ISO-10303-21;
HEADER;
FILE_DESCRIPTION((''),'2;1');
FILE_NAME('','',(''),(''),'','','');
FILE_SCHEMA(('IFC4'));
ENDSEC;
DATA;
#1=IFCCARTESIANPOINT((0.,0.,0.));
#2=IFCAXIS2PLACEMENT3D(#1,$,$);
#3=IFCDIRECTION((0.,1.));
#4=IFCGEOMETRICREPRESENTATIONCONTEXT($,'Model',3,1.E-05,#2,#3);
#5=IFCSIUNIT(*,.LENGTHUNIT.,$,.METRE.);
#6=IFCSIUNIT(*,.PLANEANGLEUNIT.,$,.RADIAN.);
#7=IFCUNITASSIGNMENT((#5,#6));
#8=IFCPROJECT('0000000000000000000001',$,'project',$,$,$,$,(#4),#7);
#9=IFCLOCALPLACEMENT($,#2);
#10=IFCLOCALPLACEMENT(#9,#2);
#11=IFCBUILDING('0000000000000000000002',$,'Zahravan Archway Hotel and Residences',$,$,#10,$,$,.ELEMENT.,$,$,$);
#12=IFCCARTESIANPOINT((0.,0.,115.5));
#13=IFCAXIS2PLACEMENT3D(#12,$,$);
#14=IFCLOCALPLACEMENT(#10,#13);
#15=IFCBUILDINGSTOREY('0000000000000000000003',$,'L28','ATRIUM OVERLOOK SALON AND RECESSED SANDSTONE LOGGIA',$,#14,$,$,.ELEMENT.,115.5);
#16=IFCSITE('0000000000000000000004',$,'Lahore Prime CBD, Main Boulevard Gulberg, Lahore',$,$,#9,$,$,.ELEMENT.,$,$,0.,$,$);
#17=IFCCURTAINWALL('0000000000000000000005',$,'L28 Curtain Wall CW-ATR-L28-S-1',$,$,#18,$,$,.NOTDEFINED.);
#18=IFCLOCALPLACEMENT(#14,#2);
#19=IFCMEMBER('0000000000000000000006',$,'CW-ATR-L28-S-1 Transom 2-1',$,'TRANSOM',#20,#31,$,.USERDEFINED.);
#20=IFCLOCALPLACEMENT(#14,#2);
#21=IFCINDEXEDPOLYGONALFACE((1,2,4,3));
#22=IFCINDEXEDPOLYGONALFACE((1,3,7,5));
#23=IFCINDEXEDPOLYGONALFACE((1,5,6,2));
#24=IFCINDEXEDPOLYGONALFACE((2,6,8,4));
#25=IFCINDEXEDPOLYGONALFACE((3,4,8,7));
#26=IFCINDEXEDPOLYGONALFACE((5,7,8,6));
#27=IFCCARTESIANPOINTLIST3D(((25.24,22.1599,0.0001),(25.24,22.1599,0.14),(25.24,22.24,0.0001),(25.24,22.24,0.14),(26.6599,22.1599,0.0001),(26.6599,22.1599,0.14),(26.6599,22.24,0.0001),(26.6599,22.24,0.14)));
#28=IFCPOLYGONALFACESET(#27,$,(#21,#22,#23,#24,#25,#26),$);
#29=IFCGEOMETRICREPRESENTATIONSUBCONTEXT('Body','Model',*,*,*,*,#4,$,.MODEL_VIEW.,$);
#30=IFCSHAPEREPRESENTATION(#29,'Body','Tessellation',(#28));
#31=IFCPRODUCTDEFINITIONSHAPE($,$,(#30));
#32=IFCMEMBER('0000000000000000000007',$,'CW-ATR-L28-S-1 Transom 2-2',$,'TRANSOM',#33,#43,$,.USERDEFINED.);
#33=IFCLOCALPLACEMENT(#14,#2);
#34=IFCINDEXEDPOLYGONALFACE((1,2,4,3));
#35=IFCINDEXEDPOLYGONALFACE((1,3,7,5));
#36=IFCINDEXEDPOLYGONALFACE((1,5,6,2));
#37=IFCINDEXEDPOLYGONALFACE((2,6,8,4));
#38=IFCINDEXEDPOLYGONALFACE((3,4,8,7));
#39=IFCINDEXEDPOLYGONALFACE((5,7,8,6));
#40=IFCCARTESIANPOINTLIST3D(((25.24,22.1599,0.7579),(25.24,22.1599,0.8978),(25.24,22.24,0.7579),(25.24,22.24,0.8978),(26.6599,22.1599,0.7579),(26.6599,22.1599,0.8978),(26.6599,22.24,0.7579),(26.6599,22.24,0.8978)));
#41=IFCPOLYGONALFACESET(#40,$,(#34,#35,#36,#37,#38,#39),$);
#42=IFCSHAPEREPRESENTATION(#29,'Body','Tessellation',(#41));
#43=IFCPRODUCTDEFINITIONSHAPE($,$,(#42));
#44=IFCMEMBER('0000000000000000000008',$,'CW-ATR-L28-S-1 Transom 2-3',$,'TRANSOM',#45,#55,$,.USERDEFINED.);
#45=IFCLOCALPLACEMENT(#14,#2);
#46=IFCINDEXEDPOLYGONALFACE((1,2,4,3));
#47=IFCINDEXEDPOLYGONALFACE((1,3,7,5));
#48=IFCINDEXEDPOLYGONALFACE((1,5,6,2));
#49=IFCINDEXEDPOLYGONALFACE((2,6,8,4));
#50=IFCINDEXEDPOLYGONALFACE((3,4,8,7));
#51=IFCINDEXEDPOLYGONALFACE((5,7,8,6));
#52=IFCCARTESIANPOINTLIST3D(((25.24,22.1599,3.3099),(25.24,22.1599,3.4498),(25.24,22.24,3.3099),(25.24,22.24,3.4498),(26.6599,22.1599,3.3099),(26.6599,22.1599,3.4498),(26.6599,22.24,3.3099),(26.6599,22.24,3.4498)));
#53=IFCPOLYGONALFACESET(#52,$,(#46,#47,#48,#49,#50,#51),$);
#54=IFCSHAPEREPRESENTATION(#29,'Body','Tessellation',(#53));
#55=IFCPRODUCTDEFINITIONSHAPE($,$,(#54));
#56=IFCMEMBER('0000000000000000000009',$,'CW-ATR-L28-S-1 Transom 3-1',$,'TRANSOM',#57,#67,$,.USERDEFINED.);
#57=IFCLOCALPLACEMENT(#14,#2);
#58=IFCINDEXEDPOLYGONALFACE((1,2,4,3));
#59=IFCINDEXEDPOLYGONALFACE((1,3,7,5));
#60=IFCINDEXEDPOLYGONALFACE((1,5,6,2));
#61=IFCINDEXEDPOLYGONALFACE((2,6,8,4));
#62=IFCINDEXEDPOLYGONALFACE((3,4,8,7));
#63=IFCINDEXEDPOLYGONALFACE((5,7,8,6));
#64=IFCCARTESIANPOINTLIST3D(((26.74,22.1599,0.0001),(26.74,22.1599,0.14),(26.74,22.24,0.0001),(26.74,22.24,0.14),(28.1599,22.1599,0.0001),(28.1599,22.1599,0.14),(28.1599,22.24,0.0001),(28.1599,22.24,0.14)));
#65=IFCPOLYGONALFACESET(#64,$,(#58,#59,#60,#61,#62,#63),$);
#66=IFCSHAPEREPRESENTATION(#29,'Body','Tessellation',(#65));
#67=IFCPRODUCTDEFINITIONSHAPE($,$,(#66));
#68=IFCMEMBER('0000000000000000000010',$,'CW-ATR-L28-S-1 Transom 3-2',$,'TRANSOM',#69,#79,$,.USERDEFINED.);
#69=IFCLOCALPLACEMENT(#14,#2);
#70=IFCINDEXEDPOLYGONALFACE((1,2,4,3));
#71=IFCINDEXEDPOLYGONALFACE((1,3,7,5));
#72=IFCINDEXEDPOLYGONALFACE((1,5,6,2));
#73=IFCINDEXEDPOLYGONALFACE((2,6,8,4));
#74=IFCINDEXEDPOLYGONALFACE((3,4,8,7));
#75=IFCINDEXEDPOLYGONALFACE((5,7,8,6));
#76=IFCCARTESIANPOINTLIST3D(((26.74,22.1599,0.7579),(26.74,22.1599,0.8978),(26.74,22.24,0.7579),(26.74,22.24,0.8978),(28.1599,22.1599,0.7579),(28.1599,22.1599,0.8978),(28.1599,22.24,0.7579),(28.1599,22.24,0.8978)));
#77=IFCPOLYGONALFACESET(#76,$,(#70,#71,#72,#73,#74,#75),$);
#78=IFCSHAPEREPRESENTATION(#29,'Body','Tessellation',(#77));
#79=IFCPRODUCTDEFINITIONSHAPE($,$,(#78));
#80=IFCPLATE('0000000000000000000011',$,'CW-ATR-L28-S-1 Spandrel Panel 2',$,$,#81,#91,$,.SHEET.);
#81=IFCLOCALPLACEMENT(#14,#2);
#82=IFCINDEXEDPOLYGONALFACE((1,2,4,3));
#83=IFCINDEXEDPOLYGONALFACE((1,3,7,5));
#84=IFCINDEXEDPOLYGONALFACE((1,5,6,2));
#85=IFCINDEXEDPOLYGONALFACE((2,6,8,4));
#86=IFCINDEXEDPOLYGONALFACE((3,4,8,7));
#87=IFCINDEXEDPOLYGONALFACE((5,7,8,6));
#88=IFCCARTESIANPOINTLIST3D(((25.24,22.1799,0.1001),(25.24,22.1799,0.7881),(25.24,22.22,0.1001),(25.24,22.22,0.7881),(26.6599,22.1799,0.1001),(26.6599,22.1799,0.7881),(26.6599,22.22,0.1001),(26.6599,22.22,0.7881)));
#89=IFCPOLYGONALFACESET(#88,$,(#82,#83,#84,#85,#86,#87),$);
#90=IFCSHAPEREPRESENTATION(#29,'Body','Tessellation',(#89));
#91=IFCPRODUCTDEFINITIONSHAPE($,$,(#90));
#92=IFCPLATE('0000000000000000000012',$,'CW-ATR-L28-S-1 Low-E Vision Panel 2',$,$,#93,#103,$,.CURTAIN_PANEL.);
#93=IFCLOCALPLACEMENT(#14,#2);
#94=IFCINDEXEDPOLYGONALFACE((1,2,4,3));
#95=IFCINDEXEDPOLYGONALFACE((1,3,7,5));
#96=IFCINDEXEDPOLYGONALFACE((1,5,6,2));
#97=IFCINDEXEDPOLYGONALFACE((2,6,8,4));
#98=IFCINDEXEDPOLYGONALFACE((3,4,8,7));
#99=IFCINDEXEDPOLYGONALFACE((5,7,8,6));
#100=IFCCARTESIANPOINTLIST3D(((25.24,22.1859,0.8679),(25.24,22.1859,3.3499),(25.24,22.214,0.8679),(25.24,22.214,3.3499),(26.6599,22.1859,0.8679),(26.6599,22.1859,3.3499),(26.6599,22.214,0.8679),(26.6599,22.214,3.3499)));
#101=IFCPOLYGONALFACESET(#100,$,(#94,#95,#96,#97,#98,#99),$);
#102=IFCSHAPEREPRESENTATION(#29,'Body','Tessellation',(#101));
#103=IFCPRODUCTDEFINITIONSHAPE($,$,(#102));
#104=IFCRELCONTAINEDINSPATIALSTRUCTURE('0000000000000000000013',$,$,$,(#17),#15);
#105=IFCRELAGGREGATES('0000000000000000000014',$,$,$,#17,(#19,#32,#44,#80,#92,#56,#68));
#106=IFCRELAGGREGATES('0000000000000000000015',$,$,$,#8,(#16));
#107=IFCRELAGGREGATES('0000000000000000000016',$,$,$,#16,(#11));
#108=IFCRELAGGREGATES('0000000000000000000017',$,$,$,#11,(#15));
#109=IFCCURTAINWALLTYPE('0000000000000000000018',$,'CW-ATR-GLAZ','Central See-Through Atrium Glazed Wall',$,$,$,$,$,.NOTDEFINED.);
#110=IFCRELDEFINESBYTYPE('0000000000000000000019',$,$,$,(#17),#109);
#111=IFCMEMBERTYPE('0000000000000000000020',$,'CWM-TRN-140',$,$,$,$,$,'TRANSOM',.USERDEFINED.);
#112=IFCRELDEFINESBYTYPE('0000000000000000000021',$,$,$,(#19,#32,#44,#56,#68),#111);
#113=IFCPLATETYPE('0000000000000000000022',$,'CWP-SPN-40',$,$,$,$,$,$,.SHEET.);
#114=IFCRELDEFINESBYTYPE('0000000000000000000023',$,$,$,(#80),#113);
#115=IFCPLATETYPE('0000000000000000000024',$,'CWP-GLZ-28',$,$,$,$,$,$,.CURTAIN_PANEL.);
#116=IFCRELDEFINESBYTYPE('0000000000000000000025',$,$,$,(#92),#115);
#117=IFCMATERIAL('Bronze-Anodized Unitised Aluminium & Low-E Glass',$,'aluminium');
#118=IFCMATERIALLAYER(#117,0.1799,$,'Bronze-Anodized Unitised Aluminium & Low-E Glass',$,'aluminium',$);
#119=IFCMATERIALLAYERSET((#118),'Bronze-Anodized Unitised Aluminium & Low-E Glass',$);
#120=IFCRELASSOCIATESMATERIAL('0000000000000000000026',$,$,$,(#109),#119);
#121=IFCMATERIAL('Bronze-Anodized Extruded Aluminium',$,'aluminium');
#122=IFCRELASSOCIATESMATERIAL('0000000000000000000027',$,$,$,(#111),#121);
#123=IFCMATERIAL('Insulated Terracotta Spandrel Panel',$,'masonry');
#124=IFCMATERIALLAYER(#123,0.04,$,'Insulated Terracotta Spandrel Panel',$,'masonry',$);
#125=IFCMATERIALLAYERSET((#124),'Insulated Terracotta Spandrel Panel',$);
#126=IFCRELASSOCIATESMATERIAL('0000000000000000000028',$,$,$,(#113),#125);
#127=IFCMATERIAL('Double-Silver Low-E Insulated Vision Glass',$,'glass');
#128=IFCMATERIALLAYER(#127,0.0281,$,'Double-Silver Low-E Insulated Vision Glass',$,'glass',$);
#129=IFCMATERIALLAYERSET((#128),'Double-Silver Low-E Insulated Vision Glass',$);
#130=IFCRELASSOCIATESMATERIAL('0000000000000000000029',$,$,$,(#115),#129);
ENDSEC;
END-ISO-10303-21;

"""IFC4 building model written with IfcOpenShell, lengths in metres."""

from ifc_helpers import new_model, si_unit, direction, frame, origin, origin_2d, place, context, subcontext, project, spatial, rectangle, extrude, source, transform, mapped, material, layer, layer_set, material_profile, profile_set, type_object, element, aggregate, save


model = new_model("IFC4")

# Units and contexts
model_context = context("Model", 3, precision=1e-05, world=origin(), true_north=direction((0.0, 1.0)))
body_context = subcontext(model_context, "Body", "Model", "MODEL_VIEW")
ifc_project = project(units=[si_unit("LENGTHUNIT", "METRE"), si_unit("PLANEANGLEUNIT", "RADIAN")], contexts=[model_context])

# Site, building, storey
site_placement = place(None, origin())
site = spatial("IfcSite", under=ifc_project, at=site_placement, Name="Lahore Prime CBD, Main Boulevard Gulberg, Lahore", CompositionType="ELEMENT", RefElevation=0.0)
building_placement = place(site_placement, origin())
building = spatial("IfcBuilding", under=site, at=building_placement, Name="Zahravan Archway Hotel and Residences", CompositionType="ELEMENT")
storey_placement = place(building_placement, frame((0.0, 0.0, 115.5)))
storey = spatial("IfcBuildingStorey", under=building, at=storey_placement, Name="L28", Description="ATRIUM OVERLOOK SALON AND RECESSED SANDSTONE LOGGIA", CompositionType="ELEMENT", Elevation=115.5)

# Curtain wall, members, plates
ifc_material_1 = material(Name="Bronze-Anodized Unitised Aluminium & Low-E Glass", Category="aluminium")
ifc_layer_1 = layer(ifc_material_1, 0.1799, Name="Bronze-Anodized Unitised Aluminium & Low-E Glass", Category="aluminium")
ifc_layer_set_1 = layer_set([ifc_layer_1], Name="Bronze-Anodized Unitised Aluminium & Low-E Glass")
curtain_wall_type = type_object("IfcCurtainWallType", Name="CW-ATR-GLAZ", Description="Central See-Through Atrium Glazed Wall", PredefinedType="NOTDEFINED", material=ifc_layer_set_1)
curtain_wall_placement = place(storey_placement, origin())
curtain_wall = element("IfcCurtainWall", 1, at=curtain_wall_placement, inside=storey, type_object=curtain_wall_type, Name="L28 Curtain Wall CW-ATR-L28-S-1", PredefinedType="NOTDEFINED")
ifc_material_2 = material(Name="Bronze-Anodized Extruded Aluminium", Category="aluminium")
ifc_material_profile_1 = material_profile(ifc_material_2, rectangle(XDim=0.0801, YDim=0.1399, at=origin_2d()), Name="TRN 80x140", Category="aluminium")
ifc_profile_set_1 = profile_set([ifc_material_profile_1], Name="Bronze-Anodized Extruded Aluminium")
member_type_1 = type_object("IfcMemberType", Name="CWM-TRN-140", ElementType="TRANSOM", PredefinedType="USERDEFINED", material=ifc_profile_set_1)
shared_shape_1 = source(origin(), body_context, "Body", "SweptSolid", [
    extrude(rectangle(XDim=0.0801, YDim=0.1399, at=origin_2d()), origin(), (0.0, 0.0, 1.0), 1.4199),
])
member_1_placement = place(storey_placement, frame((25.24, 22.2, 0.0701), z_axis=(1.0, 0.0, 0.0), x_axis=(0.0, 1.0, 0.0)))
member_1 = element("IfcMember", 2, at=member_1_placement, type_object=member_type_1, Name="CW-ATR-L28-S-1 Transom 2-1", ObjectType="TRANSOM", PredefinedType="USERDEFINED", context=body_context, shape_type="MappedRepresentation", body=[
    mapped(shared_shape_1, transform((0.0, 0.0, 0.0), scale=1.0)),
])
member_2_placement = place(storey_placement, frame((25.24, 22.2, 0.8279), z_axis=(1.0, 0.0, 0.0), x_axis=(0.0, 1.0, 0.0)))
member_2 = element("IfcMember", 3, at=member_2_placement, type_object=member_type_1, Name="CW-ATR-L28-S-1 Transom 2-2", ObjectType="TRANSOM", PredefinedType="USERDEFINED", context=body_context, shape_type="MappedRepresentation", body=[
    mapped(shared_shape_1, transform((0.0, 0.0, 0.0), scale=1.0)),
])
member_3_placement = place(storey_placement, frame((25.24, 22.2, 3.3799), z_axis=(1.0, 0.0, 0.0), x_axis=(0.0, 1.0, 0.0)))
member_3 = element("IfcMember", 4, at=member_3_placement, type_object=member_type_1, Name="CW-ATR-L28-S-1 Transom 2-3", ObjectType="TRANSOM", PredefinedType="USERDEFINED", context=body_context, shape_type="MappedRepresentation", body=[
    mapped(shared_shape_1, transform((0.0, 0.0, 0.0), scale=1.0)),
])
member_4_placement = place(storey_placement, frame((26.74, 22.2, 0.0701), z_axis=(1.0, 0.0, 0.0), x_axis=(0.0, 1.0, 0.0)))
member_4 = element("IfcMember", 5, at=member_4_placement, type_object=member_type_1, Name="CW-ATR-L28-S-1 Transom 3-1", ObjectType="TRANSOM", PredefinedType="USERDEFINED", context=body_context, shape_type="MappedRepresentation", body=[
    mapped(shared_shape_1, transform((0.0, 0.0, 0.0), scale=1.0)),
])
member_5_placement = place(storey_placement, frame((26.74, 22.2, 0.8279), z_axis=(1.0, 0.0, 0.0), x_axis=(0.0, 1.0, 0.0)))
member_5 = element("IfcMember", 6, at=member_5_placement, type_object=member_type_1, Name="CW-ATR-L28-S-1 Transom 3-2", ObjectType="TRANSOM", PredefinedType="USERDEFINED", context=body_context, shape_type="MappedRepresentation", body=[
    mapped(shared_shape_1, transform((0.0, 0.0, 0.0), scale=1.0)),
])
ifc_material_3 = material(Name="Insulated Terracotta Spandrel Panel", Category="masonry")
ifc_layer_2 = layer(ifc_material_3, 0.04, Name="Insulated Terracotta Spandrel Panel", Category="masonry")
ifc_layer_set_2 = layer_set([ifc_layer_2], Name="Insulated Terracotta Spandrel Panel")
plate_type_1 = type_object("IfcPlateType", Name="CWP-SPN-40", PredefinedType="SHEET", material=ifc_layer_set_2)
shared_shape_2 = source(origin(), body_context, "Body", "SweptSolid", [
    extrude(rectangle(XDim=1.4199, YDim=0.04, at=origin_2d()), origin(), (0.0, 0.0, 1.0), 0.688),
])
plate_1_placement = place(storey_placement, frame((25.95, 22.2, 0.1001), z_axis=(0.0, 0.0, 1.0), x_axis=(1.0, 0.0, 0.0)))
plate_1 = element("IfcPlate", 7, at=plate_1_placement, type_object=plate_type_1, Name="CW-ATR-L28-S-1 Spandrel Panel 2", PredefinedType="SHEET", context=body_context, shape_type="MappedRepresentation", body=[
    mapped(shared_shape_2, transform((0.0, 0.0, 0.0), scale=1.0)),
])
ifc_material_4 = material(Name="Double-Silver Low-E Insulated Vision Glass", Category="glass")
ifc_layer_3 = layer(ifc_material_4, 0.0281, Name="Double-Silver Low-E Insulated Vision Glass", Category="glass")
ifc_layer_set_3 = layer_set([ifc_layer_3], Name="Double-Silver Low-E Insulated Vision Glass")
plate_type_2 = type_object("IfcPlateType", Name="CWP-GLZ-28", PredefinedType="CURTAIN_PANEL", material=ifc_layer_set_3)
shared_shape_3 = source(origin(), body_context, "Body", "SweptSolid", [
    extrude(rectangle(XDim=1.4199, YDim=0.0281, at=origin_2d()), origin(), (0.0, 0.0, 1.0), 2.4819),
])
plate_2_placement = place(storey_placement, frame((25.95, 22.2, 0.8679), z_axis=(0.0, 0.0, 1.0), x_axis=(1.0, 0.0, 0.0)))
plate_2 = element("IfcPlate", 8, at=plate_2_placement, type_object=plate_type_2, Name="CW-ATR-L28-S-1 Low-E Vision Panel 2", PredefinedType="CURTAIN_PANEL", context=body_context, shape_type="MappedRepresentation", body=[
    mapped(shared_shape_3, transform((0.0, 0.0, 0.0), scale=1.0)),
])
aggregate(curtain_wall, [member_1, member_2, member_3, plate_1, plate_2, member_4, member_5])

save(model, "model.ifc")
